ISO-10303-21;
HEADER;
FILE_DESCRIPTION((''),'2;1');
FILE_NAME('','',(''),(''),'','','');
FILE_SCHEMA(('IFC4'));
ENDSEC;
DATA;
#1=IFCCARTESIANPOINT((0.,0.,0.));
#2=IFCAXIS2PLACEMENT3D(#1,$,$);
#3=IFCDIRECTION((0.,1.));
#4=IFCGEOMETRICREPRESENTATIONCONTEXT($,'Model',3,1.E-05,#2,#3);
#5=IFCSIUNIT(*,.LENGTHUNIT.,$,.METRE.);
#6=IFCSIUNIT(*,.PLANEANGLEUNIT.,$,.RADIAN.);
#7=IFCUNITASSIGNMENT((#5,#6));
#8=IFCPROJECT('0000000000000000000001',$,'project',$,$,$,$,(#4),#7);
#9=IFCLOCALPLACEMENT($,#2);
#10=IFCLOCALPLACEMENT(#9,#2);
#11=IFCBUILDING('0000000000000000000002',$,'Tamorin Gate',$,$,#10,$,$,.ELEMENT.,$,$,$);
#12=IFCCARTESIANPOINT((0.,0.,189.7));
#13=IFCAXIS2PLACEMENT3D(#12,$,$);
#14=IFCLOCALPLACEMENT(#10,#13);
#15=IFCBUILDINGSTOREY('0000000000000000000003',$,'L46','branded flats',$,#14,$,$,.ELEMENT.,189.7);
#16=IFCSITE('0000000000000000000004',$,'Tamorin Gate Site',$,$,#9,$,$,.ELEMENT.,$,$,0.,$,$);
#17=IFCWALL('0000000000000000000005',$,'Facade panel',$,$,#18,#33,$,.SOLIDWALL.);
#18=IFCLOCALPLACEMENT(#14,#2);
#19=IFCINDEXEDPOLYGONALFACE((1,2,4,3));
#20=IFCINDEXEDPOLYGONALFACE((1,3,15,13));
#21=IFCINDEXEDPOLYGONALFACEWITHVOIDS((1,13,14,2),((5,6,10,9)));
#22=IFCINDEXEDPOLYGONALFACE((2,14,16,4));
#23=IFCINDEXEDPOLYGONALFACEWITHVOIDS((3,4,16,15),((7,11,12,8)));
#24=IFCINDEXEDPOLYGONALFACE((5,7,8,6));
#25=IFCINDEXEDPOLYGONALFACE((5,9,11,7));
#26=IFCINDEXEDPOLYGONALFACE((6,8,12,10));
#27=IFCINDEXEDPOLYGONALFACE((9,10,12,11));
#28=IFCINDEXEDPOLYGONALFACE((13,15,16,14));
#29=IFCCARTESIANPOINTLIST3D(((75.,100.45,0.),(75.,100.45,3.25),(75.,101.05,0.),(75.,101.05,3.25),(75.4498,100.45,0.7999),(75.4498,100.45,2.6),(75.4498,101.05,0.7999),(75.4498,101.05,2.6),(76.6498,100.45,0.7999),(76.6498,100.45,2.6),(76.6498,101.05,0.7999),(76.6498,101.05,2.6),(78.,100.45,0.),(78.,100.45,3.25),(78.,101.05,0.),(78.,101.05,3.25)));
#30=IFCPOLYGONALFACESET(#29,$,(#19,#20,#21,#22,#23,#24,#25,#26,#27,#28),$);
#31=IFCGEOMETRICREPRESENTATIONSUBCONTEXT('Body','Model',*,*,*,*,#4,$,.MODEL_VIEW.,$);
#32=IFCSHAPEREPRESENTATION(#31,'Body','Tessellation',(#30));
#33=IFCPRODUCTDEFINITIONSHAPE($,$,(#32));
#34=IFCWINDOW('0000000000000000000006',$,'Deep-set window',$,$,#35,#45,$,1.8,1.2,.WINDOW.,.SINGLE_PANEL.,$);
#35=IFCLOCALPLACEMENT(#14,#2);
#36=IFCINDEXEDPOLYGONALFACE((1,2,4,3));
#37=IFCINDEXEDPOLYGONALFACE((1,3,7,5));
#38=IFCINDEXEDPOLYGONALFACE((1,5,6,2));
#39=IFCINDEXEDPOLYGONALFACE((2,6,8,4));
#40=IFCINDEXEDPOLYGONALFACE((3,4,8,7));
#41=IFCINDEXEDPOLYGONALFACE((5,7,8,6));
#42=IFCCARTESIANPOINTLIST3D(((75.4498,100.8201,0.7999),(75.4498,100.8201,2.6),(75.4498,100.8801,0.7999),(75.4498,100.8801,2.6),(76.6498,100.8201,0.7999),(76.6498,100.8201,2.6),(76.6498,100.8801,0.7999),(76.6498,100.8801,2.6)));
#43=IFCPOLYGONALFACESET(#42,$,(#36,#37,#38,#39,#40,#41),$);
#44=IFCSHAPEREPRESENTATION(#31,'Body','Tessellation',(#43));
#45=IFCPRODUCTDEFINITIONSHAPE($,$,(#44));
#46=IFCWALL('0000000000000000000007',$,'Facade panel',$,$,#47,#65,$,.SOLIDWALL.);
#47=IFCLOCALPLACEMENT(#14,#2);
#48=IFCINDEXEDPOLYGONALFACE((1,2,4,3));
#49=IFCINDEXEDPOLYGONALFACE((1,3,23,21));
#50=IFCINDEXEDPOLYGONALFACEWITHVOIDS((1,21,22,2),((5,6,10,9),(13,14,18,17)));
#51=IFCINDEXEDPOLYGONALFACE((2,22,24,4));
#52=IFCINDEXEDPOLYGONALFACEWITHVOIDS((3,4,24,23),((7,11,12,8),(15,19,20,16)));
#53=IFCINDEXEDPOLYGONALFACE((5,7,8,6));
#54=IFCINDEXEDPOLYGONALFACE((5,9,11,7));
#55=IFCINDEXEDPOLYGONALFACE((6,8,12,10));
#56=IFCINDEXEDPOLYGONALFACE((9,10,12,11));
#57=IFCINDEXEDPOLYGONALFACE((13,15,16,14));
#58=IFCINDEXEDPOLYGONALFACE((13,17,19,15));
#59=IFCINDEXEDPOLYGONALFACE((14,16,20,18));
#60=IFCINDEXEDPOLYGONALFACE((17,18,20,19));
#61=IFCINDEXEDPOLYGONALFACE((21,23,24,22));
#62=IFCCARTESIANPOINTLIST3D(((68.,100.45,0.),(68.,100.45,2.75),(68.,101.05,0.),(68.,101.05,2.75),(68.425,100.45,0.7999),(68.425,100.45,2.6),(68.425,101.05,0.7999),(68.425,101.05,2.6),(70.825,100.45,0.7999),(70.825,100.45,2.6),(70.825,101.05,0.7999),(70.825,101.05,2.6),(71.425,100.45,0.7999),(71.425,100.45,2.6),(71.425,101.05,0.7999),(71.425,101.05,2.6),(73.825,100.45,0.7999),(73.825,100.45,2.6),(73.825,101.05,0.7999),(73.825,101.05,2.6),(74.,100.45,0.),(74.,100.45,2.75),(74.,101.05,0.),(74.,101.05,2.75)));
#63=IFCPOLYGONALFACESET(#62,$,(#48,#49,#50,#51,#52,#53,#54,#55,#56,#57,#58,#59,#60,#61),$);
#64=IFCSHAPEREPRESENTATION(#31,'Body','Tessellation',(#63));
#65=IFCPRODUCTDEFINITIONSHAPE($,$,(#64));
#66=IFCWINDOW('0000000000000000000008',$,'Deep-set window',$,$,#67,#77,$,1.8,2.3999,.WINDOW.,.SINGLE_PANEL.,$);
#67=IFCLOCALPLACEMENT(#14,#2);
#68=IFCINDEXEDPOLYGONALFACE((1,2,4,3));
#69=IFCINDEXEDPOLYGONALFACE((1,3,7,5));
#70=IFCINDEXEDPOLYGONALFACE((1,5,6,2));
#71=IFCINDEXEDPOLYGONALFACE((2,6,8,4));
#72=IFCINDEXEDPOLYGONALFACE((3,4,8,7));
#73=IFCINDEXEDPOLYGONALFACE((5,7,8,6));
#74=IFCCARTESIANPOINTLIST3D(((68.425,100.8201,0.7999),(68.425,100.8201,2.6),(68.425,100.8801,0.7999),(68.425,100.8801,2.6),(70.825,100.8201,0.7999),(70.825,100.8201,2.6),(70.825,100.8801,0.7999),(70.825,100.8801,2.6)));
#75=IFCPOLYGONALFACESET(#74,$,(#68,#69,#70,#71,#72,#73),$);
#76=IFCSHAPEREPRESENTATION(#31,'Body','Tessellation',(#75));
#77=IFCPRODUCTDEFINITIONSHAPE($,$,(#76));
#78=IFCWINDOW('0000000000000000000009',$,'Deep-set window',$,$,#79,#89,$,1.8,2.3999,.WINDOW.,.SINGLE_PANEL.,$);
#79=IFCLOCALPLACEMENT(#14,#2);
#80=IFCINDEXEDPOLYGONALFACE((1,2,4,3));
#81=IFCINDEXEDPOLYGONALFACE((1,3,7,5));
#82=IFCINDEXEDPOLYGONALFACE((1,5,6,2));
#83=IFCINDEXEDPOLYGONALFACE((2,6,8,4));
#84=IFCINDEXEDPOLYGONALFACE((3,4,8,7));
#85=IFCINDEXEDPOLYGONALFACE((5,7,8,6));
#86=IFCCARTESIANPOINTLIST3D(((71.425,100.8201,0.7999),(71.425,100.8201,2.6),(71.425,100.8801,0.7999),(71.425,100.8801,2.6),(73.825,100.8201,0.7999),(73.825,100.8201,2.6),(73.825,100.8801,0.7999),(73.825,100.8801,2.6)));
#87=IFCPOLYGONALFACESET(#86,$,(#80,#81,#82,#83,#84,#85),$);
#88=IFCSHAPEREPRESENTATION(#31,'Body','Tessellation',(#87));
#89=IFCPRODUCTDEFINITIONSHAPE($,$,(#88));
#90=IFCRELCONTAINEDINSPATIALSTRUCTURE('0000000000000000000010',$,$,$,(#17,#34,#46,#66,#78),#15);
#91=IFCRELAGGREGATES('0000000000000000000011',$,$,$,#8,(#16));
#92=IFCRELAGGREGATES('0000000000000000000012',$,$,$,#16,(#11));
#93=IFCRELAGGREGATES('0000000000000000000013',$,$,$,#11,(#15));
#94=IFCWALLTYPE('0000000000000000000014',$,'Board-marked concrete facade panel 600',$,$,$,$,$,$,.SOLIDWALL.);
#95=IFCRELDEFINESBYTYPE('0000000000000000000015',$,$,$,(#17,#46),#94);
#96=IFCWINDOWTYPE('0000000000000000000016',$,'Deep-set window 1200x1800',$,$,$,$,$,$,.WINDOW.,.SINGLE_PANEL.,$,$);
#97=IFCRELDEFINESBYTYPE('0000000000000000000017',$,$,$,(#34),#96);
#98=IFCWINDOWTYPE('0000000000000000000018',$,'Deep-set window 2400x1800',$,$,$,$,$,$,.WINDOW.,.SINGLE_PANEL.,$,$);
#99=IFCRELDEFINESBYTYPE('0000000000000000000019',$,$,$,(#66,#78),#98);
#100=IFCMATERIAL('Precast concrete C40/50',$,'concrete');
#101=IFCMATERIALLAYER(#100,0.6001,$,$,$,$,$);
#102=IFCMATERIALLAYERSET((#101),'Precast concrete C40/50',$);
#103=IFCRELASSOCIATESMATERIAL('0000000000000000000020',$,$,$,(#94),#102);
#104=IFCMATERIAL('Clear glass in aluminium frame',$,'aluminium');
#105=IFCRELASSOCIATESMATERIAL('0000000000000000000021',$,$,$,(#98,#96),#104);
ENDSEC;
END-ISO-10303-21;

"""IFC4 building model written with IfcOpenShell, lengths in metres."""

from ifc_helpers import new_model, si_unit, direction, frame, frame_2d, origin, place, context, subcontext, project, spatial, rectangle, extrude, material, layer, layer_set, type_object, element, fill, save


model = new_model("IFC4")

# Units and contexts
model_context = context("Model", 3, precision=1e-05, world=origin(), true_north=direction((0.0, 1.0)))
body_context = subcontext(model_context, "Body", "Model", "MODEL_VIEW")
ifc_project = project(units=[si_unit("LENGTHUNIT", "METRE"), si_unit("PLANEANGLEUNIT", "RADIAN")], contexts=[model_context])

# Site, building, storey
site_placement = place(None, origin())
site = spatial("IfcSite", under=ifc_project, at=site_placement, Name="Tamorin Gate Site", CompositionType="ELEMENT", RefElevation=0.0)
building_placement = place(site_placement, origin())
building = spatial("IfcBuilding", under=site, at=building_placement, Name="Tamorin Gate", CompositionType="ELEMENT")
storey_placement = place(building_placement, frame((0.0, 0.0, 189.7)))
storey = spatial("IfcBuildingStorey", under=building, at=storey_placement, Name="L46", Description="branded flats", CompositionType="ELEMENT", Elevation=189.7)

# Shared definitions
ifc_material_1 = material(Name="Precast concrete C40/50", Category="concrete")
ifc_layer = layer(ifc_material_1, 0.6001)
ifc_layer_set = layer_set([ifc_layer], Name="Precast concrete C40/50")
wall_type = type_object("IfcWallType", Name="Board-marked concrete facade panel 600", PredefinedType="SOLIDWALL", material=ifc_layer_set)
ifc_material_2 = material(Name="Clear glass in aluminium frame", Category="aluminium")
window_type_1 = type_object("IfcWindowType", Name="Deep-set window 2400x1800", PartitioningType="SINGLE_PANEL", PredefinedType="WINDOW", material=ifc_material_2)
window_type_2 = type_object("IfcWindowType", Name="Deep-set window 1200x1800", PartitioningType="SINGLE_PANEL", PredefinedType="WINDOW", material=ifc_material_2)

# Wall, opening, window
wall_1_placement = place(storey_placement, frame((78.0, 100.75, 0.0), z_axis=(0.0, 0.0, 1.0), x_axis=(-1.0, 0.0, 0.0)))
wall_1 = element("IfcWall", 1, at=wall_1_placement, inside=storey, type_object=wall_type, Name="Facade panel", PredefinedType="SOLIDWALL", context=body_context, shape_type="SweptSolid", body=[
    extrude(rectangle(XDim=3.0, YDim=0.6001, at=frame_2d((1.5, 0.0))), origin(), (0.0, 0.0, 1.0), 3.25),
])
opening_1_placement = place(wall_1_placement, frame((1.3501, 0.0, 0.8)))
opening_1 = element("IfcOpeningElement", 2, at=opening_1_placement, cuts=wall_1, PredefinedType="OPENING", context=body_context, shape_type="SweptSolid", body=[
    extrude(rectangle(XDim=1.2, YDim=1.8, at=frame_2d((0.6001, 0.8999))), frame((0.0, 0.3101, 0.0), z_axis=(0.0, -1.0, 0.0), x_axis=(1.0, 0.0, 0.0)), (0.0, 0.0, 1.0), 0.6201),
])
window_1_placement = place(opening_1_placement, origin())
window_1 = element("IfcWindow", 3, at=window_1_placement, inside=storey, type_object=window_type_2, Name="Deep-set window", OverallHeight=1.8, OverallWidth=1.2, PartitioningType="SINGLE_PANEL", PredefinedType="WINDOW", context=body_context, shape_type="SweptSolid", body=[
    extrude(rectangle(XDim=1.2, YDim=1.8, at=frame_2d((0.6001, 0.8999))), frame((0.0, -0.0701, 0.0), z_axis=(0.0, -1.0, 0.0), x_axis=(1.0, 0.0, 0.0)), (0.0, 0.0, 1.0), 0.0601),
])
fill(opening_1, window_1)

# Wall, openings, windows
wall_2_placement = place(storey_placement, frame((74.0, 100.75, 0.0), z_axis=(0.0, 0.0, 1.0), x_axis=(-1.0, 0.0, 0.0)))
wall_2 = element("IfcWall", 4, at=wall_2_placement, inside=storey, type_object=wall_type, Name="Facade panel", PredefinedType="SOLIDWALL", context=body_context, shape_type="SweptSolid", body=[
    extrude(rectangle(XDim=6.0, YDim=0.6001, at=frame_2d((3.0, 0.0))), origin(), (0.0, 0.0, 1.0), 2.75),
])
opening_2_placement = place(wall_2_placement, frame((3.175, 0.0, 0.8)))
opening_2 = element("IfcOpeningElement", 5, at=opening_2_placement, cuts=wall_2, PredefinedType="OPENING", context=body_context, shape_type="SweptSolid", body=[
    extrude(rectangle(XDim=2.3999, YDim=1.8, at=frame_2d((1.2, 0.8999))), frame((0.0, 0.3101, 0.0), z_axis=(0.0, -1.0, 0.0), x_axis=(1.0, 0.0, 0.0)), (0.0, 0.0, 1.0), 0.6201),
])
opening_3_placement = place(wall_2_placement, frame((0.175, 0.0, 0.8)))
opening_3 = element("IfcOpeningElement", 6, at=opening_3_placement, cuts=wall_2, PredefinedType="OPENING", context=body_context, shape_type="SweptSolid", body=[
    extrude(rectangle(XDim=2.3999, YDim=1.8, at=frame_2d((1.2, 0.8999))), frame((0.0, 0.3101, 0.0), z_axis=(0.0, -1.0, 0.0), x_axis=(1.0, 0.0, 0.0)), (0.0, 0.0, 1.0), 0.6201),
])
window_2_placement = place(opening_2_placement, origin())
window_2 = element("IfcWindow", 7, at=window_2_placement, inside=storey, type_object=window_type_1, Name="Deep-set window", OverallHeight=1.8, OverallWidth=2.3999, PartitioningType="SINGLE_PANEL", PredefinedType="WINDOW", context=body_context, shape_type="SweptSolid", body=[
    extrude(rectangle(XDim=2.3999, YDim=1.8, at=frame_2d((1.2, 0.8999))), frame((0.0, -0.0701, 0.0), z_axis=(0.0, -1.0, 0.0), x_axis=(1.0, 0.0, 0.0)), (0.0, 0.0, 1.0), 0.0601),
])
fill(opening_2, window_2)
window_3_placement = place(opening_3_placement, origin())
window_3 = element("IfcWindow", 8, at=window_3_placement, inside=storey, type_object=window_type_1, Name="Deep-set window", OverallHeight=1.8, OverallWidth=2.3999, PartitioningType="SINGLE_PANEL", PredefinedType="WINDOW", context=body_context, shape_type="SweptSolid", body=[
    extrude(rectangle(XDim=2.3999, YDim=1.8, at=frame_2d((1.2, 0.8999))), frame((0.0, -0.0701, 0.0), z_axis=(0.0, -1.0, 0.0), x_axis=(1.0, 0.0, 0.0)), (0.0, 0.0, 1.0), 0.0601),
])
fill(opening_3, window_3)

save(model, "model.ifc")
